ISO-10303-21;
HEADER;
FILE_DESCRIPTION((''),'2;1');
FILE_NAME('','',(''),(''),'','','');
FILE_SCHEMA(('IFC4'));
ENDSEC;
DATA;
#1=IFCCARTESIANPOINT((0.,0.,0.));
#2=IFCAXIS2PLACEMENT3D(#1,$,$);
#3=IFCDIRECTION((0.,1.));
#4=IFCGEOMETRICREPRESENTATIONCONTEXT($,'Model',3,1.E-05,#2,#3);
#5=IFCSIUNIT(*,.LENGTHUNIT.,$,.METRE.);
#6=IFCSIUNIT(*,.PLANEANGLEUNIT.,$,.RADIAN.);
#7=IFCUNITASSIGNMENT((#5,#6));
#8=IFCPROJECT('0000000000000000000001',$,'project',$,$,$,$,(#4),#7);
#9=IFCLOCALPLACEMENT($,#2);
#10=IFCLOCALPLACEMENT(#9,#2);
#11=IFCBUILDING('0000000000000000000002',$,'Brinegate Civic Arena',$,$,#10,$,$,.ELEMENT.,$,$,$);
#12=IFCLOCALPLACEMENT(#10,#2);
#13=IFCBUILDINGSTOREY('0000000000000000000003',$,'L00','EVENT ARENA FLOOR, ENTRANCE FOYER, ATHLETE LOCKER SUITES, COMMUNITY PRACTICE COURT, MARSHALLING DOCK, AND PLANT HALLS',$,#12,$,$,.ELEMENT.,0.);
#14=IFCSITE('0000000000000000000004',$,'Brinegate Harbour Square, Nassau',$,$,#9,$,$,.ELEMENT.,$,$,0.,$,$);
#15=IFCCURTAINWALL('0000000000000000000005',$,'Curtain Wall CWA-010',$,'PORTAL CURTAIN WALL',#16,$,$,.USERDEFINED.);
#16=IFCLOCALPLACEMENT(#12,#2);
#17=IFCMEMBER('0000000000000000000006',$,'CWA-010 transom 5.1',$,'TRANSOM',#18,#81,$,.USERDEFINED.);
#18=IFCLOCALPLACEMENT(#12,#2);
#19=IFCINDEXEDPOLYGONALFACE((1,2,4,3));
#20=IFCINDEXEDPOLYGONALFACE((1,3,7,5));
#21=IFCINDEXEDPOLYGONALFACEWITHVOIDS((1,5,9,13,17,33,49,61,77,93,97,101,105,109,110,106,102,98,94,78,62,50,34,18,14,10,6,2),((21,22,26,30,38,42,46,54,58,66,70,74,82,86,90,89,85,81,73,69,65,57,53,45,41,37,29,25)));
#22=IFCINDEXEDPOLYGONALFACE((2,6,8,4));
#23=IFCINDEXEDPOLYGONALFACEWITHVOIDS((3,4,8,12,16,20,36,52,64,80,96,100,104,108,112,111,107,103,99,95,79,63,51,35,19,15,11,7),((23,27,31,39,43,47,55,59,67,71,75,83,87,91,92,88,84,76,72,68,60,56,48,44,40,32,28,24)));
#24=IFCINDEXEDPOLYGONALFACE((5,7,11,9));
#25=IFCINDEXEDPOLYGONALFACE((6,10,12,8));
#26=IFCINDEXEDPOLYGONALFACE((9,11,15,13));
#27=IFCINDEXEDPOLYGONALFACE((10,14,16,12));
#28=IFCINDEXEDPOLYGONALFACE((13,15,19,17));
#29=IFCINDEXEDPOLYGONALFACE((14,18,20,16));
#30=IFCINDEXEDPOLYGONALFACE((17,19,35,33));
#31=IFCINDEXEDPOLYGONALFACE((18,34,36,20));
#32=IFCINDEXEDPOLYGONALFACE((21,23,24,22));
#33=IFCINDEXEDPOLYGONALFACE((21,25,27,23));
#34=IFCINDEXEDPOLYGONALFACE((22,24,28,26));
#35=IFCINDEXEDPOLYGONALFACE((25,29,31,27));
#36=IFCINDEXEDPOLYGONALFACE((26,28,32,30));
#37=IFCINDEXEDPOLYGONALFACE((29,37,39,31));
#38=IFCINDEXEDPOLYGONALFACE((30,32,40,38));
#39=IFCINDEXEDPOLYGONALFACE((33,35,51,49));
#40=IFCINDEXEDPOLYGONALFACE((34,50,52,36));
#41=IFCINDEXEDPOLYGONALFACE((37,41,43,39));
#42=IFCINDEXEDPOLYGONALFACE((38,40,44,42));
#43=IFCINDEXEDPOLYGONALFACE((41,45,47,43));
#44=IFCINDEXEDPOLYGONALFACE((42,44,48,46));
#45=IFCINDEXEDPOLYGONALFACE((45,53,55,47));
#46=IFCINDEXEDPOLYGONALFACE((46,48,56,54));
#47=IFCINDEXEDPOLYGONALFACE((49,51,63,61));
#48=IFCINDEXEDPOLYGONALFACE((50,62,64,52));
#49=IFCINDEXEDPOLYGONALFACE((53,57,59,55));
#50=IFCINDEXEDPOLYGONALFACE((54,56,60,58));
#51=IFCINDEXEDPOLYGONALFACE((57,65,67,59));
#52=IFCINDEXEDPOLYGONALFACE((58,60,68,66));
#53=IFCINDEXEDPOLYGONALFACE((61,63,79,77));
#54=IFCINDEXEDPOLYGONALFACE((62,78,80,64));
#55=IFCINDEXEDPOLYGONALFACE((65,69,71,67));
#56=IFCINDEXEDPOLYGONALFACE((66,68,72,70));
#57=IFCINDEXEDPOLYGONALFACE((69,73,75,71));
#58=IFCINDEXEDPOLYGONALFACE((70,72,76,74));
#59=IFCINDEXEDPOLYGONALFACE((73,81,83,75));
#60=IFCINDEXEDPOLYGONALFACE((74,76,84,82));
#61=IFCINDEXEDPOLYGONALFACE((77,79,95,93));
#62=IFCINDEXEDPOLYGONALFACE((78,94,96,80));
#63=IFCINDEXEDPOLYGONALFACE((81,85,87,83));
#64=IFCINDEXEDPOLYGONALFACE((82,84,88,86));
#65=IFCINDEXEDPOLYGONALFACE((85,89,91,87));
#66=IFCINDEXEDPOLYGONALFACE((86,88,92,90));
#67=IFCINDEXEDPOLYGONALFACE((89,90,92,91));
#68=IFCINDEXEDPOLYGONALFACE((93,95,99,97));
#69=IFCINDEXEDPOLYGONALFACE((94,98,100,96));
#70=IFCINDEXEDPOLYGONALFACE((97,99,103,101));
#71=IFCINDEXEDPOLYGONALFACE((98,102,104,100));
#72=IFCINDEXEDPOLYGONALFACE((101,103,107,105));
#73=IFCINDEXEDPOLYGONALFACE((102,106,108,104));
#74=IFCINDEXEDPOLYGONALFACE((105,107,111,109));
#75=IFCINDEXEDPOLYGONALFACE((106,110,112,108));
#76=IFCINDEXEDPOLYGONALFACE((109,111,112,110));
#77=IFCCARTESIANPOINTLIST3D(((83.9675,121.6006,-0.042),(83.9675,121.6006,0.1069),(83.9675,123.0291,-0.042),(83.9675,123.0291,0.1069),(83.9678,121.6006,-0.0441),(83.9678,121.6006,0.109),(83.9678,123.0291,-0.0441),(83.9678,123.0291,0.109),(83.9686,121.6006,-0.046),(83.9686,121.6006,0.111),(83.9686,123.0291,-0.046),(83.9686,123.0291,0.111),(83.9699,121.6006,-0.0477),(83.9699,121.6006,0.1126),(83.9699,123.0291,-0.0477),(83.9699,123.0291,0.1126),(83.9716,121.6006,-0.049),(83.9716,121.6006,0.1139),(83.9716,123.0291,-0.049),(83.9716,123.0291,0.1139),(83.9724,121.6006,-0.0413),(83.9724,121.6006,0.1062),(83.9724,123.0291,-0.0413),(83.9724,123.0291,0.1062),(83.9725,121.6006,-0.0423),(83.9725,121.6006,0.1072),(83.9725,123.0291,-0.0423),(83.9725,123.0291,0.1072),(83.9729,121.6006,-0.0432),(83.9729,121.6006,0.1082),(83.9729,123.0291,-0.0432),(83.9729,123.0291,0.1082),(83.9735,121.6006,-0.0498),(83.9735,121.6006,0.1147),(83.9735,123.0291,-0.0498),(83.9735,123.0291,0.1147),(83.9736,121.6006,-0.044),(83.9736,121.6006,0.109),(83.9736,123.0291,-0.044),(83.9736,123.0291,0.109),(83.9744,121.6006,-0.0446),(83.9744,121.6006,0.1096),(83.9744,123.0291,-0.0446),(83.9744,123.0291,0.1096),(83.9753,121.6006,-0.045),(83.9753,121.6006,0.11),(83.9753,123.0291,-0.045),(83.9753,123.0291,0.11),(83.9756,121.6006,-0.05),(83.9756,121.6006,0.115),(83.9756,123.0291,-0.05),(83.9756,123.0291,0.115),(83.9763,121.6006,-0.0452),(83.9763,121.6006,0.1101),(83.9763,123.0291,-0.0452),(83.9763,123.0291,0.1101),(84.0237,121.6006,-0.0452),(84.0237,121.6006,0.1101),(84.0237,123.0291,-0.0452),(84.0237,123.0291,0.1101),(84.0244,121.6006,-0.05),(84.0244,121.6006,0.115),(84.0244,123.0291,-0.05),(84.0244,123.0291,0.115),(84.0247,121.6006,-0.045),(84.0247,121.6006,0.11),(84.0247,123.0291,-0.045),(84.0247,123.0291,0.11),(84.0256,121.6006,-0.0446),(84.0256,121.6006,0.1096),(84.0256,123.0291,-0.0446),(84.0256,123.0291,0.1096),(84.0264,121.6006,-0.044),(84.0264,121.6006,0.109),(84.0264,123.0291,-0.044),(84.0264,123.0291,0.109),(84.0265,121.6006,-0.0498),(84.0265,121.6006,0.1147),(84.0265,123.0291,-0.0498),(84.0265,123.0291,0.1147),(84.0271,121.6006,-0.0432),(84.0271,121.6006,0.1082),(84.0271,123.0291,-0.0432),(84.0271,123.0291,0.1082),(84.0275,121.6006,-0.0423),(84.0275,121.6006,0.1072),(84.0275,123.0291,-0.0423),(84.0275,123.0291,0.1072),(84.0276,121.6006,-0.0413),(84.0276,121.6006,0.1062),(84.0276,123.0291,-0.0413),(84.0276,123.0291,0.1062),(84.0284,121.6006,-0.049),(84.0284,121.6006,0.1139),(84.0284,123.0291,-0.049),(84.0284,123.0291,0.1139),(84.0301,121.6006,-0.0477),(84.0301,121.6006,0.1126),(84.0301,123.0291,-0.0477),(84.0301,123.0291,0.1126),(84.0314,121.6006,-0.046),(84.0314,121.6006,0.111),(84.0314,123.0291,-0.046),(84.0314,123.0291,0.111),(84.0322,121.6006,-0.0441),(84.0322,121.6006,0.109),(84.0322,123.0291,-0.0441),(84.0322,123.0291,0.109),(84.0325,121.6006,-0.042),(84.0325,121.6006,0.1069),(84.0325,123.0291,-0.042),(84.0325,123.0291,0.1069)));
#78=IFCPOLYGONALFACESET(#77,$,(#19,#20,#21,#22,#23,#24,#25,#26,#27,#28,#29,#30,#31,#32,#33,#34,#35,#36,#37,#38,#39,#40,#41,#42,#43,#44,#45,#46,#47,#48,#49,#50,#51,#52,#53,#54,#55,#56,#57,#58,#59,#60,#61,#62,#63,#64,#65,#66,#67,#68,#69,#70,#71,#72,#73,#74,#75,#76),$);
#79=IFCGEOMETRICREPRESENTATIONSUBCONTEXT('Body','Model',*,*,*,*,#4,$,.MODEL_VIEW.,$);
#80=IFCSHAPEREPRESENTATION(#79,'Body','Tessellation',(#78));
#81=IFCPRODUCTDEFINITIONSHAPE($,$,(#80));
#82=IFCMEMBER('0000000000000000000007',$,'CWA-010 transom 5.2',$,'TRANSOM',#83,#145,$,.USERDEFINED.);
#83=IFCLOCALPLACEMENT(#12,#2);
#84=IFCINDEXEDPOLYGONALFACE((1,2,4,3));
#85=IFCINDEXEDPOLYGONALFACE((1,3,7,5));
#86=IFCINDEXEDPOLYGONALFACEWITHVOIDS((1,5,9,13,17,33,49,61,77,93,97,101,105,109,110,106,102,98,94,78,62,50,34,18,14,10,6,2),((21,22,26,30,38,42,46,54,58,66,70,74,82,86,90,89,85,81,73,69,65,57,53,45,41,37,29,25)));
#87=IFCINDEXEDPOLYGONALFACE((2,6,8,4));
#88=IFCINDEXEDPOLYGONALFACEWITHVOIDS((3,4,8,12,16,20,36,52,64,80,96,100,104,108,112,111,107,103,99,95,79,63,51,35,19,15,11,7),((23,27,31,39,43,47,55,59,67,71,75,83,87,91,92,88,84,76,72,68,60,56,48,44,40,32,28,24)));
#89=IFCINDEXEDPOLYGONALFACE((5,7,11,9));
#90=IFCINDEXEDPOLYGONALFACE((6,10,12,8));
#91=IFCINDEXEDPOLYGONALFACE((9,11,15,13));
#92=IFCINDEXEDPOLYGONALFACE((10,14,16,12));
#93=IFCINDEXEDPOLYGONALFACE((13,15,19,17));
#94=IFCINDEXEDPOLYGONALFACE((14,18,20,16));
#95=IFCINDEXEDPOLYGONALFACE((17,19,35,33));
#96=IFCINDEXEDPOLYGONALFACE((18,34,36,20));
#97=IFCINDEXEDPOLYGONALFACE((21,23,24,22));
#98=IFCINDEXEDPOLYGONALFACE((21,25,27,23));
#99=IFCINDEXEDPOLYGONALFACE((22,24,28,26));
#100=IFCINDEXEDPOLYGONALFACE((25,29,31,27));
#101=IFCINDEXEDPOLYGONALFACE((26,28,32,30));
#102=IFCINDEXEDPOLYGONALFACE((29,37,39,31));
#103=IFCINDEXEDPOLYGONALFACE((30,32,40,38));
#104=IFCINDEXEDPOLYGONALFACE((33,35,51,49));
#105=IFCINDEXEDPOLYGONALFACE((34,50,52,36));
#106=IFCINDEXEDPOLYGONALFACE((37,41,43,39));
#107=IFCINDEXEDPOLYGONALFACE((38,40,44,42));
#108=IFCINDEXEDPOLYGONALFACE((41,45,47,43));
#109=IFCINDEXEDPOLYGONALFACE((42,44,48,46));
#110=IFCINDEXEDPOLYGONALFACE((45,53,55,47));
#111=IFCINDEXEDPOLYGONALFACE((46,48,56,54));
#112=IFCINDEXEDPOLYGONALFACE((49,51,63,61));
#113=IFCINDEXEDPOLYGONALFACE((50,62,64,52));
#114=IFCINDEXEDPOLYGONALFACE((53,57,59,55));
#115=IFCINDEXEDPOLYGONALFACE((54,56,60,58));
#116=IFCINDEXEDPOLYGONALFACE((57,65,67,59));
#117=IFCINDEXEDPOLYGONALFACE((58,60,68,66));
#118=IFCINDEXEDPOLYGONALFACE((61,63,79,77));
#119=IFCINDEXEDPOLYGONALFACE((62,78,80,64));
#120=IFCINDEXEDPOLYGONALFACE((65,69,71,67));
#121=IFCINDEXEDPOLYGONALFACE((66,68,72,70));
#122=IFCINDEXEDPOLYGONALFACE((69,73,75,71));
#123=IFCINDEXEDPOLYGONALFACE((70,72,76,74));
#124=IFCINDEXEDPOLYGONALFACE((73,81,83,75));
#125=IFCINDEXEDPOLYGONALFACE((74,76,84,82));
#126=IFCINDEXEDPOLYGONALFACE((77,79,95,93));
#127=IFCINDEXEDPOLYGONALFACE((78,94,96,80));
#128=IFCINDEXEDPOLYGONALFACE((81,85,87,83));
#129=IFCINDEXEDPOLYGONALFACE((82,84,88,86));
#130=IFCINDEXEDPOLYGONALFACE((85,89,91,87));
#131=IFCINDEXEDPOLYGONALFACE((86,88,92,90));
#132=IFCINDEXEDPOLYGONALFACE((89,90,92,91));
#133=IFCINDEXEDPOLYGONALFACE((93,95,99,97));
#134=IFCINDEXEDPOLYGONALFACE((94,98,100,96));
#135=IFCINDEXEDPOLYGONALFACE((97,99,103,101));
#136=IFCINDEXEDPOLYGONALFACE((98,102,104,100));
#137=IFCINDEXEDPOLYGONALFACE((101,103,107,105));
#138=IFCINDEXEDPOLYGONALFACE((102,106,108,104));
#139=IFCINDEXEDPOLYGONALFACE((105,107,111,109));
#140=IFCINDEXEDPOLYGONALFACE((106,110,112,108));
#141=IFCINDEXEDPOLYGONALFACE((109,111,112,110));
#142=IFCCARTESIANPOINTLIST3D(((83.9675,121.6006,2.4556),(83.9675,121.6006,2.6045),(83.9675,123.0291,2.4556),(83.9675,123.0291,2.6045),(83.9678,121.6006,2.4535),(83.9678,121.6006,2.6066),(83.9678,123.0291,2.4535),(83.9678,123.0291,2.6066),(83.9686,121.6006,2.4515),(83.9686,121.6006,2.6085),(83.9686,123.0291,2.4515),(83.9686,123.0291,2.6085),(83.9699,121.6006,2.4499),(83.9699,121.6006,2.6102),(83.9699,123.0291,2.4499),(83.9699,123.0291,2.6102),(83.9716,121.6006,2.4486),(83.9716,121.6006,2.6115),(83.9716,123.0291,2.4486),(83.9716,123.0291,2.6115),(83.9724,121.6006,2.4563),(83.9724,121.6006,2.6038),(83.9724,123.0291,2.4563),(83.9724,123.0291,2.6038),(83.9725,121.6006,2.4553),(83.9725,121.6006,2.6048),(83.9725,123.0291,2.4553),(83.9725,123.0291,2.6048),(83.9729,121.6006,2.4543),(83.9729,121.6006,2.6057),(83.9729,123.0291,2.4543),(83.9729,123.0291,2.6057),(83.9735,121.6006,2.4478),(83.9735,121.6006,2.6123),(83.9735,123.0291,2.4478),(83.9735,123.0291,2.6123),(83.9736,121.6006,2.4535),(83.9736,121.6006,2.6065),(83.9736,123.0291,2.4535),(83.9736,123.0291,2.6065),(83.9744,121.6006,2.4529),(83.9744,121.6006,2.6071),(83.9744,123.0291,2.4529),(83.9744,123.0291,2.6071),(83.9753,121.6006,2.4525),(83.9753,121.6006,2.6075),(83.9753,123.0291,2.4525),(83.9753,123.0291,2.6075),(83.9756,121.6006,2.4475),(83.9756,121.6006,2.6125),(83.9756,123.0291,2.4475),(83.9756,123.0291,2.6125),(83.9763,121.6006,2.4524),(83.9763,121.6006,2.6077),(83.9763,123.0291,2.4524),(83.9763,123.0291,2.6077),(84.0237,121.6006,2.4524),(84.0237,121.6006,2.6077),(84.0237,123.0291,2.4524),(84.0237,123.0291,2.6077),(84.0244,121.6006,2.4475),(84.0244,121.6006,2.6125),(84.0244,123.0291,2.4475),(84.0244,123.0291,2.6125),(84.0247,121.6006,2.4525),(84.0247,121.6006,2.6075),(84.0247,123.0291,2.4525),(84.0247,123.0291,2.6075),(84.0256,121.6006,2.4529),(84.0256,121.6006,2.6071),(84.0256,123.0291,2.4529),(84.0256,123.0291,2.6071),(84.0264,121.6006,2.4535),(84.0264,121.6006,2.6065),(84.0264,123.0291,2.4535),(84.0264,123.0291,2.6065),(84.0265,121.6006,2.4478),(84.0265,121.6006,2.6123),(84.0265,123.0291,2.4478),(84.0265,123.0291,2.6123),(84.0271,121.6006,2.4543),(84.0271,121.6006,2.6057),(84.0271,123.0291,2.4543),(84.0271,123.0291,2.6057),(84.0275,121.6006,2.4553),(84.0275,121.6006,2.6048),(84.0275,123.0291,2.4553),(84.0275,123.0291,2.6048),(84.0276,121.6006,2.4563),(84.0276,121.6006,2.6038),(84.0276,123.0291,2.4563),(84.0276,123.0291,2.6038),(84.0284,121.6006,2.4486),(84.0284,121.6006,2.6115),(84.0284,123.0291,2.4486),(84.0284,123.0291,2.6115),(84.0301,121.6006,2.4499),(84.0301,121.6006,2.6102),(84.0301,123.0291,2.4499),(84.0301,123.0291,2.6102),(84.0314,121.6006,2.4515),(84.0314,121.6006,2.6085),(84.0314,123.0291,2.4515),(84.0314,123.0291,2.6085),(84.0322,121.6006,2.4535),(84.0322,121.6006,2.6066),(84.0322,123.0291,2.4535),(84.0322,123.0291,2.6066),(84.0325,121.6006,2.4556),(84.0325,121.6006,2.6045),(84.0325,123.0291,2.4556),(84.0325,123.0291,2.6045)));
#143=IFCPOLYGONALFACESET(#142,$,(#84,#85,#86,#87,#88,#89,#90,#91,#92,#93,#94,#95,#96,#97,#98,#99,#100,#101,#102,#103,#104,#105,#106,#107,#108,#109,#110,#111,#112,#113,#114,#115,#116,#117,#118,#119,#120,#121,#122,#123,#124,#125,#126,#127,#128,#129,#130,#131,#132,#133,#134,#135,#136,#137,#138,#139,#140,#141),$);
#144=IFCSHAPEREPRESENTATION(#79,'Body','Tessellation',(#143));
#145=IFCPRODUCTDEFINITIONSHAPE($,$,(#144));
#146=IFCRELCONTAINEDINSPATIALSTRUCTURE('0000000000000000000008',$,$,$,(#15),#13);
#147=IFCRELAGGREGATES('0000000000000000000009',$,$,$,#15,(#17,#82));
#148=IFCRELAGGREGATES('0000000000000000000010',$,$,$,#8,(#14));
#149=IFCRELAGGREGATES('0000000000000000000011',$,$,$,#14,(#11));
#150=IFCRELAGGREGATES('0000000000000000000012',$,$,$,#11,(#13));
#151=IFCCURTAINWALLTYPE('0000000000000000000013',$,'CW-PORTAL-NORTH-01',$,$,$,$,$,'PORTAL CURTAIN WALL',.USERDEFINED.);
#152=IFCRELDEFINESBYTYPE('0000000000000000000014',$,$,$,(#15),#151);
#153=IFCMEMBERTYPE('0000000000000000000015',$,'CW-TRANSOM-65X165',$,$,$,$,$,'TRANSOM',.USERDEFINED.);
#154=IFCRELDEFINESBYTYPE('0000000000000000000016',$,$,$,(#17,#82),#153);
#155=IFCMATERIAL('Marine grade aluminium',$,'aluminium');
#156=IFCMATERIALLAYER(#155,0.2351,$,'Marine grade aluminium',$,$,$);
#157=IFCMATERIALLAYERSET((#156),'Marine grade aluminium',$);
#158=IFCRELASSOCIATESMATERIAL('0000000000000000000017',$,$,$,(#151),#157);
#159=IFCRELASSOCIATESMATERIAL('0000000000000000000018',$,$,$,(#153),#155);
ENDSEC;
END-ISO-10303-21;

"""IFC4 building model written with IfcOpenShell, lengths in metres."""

from ifc_helpers import new_model, si_unit, direction, frame, origin, origin_2d, place, context, subcontext, project, spatial, hollow_rectangle, extrude, material, layer, layer_set, material_profile, profile_set, type_object, element, aggregate, save


model = new_model("IFC4")

# Units and contexts
model_context = context("Model", 3, precision=1e-05, world=origin(), true_north=direction((0.0, 1.0)))
body_context = subcontext(model_context, "Body", "Model", "MODEL_VIEW")
ifc_project = project(units=[si_unit("LENGTHUNIT", "METRE"), si_unit("PLANEANGLEUNIT", "RADIAN")], contexts=[model_context])

# Site, building, storey
site_placement = place(None, origin())
site = spatial("IfcSite", under=ifc_project, at=site_placement, Name="Brinegate Harbour Square, Nassau", CompositionType="ELEMENT", RefElevation=0.0)
building_placement = place(site_placement, origin())
building = spatial("IfcBuilding", under=site, at=building_placement, Name="Brinegate Civic Arena", CompositionType="ELEMENT")
storey_placement = place(building_placement, origin())
storey = spatial("IfcBuildingStorey", under=building, at=storey_placement, Name="L00", Description="EVENT ARENA FLOOR, ENTRANCE FOYER, ATHLETE LOCKER SUITES, COMMUNITY PRACTICE COURT, MARSHALLING DOCK, AND PLANT HALLS", CompositionType="ELEMENT", Elevation=0.0)

# Curtain wall, members
ifc_material_1 = material(Name="Marine grade aluminium", Category="aluminium")
ifc_layer_1 = layer(ifc_material_1, 0.2351, Name="Marine grade aluminium")
ifc_layer_set_1 = layer_set([ifc_layer_1], Name="Marine grade aluminium")
curtain_wall_type = type_object("IfcCurtainWallType", Name="CW-PORTAL-NORTH-01", ElementType="PORTAL CURTAIN WALL", PredefinedType="USERDEFINED", material=ifc_layer_set_1)
curtain_wall_placement = place(storey_placement, origin())
curtain_wall = element("IfcCurtainWall", 1, at=curtain_wall_placement, inside=storey, type_object=curtain_wall_type, Name="Curtain Wall CWA-010", ObjectType="PORTAL CURTAIN WALL", PredefinedType="USERDEFINED")
ifc_material_profile_1 = material_profile(ifc_material_1, hollow_rectangle(XDim=0.0649, YDim=0.165, WallThickness=0.0049, InnerFilletRadius=0.0039, OuterFilletRadius=0.0081, at=origin_2d()), Name="TRN65X165")
ifc_profile_set_1 = profile_set([ifc_material_profile_1], Name="Marine grade aluminium")
member_type_1 = type_object("IfcMemberType", Name="CW-TRANSOM-65X165", ElementType="TRANSOM", PredefinedType="USERDEFINED", material=ifc_profile_set_1)
member_1_placement = place(storey_placement, frame((84.0, 121.6006, 0.0325), z_axis=(0.0, 1.0, 0.0), x_axis=(-1.0, 0.0, 0.0)))
member_1 = element("IfcMember", 2, at=member_1_placement, type_object=member_type_1, Name="CWA-010 transom 5.1", ObjectType="TRANSOM", PredefinedType="USERDEFINED", context=body_context, shape_type="SweptSolid", body=[
    extrude(hollow_rectangle(XDim=0.0649, YDim=0.165, WallThickness=0.0049, InnerFilletRadius=0.0039, OuterFilletRadius=0.0081, at=origin_2d()), origin(), (0.0, 0.0, 1.0), 1.4285),
])
member_2_placement = place(storey_placement, frame((84.0, 121.6006, 2.53), z_axis=(0.0, 1.0, 0.0), x_axis=(-1.0, 0.0, 0.0)))
member_2 = element("IfcMember", 3, at=member_2_placement, type_object=member_type_1, Name="CWA-010 transom 5.2", ObjectType="TRANSOM", PredefinedType="USERDEFINED", context=body_context, shape_type="SweptSolid", body=[
    extrude(hollow_rectangle(XDim=0.0649, YDim=0.165, WallThickness=0.0049, InnerFilletRadius=0.0039, OuterFilletRadius=0.0081, at=origin_2d()), origin(), (0.0, 0.0, 1.0), 1.4285),
])
aggregate(curtain_wall, [member_1, member_2])

save(model, "model.ifc")
